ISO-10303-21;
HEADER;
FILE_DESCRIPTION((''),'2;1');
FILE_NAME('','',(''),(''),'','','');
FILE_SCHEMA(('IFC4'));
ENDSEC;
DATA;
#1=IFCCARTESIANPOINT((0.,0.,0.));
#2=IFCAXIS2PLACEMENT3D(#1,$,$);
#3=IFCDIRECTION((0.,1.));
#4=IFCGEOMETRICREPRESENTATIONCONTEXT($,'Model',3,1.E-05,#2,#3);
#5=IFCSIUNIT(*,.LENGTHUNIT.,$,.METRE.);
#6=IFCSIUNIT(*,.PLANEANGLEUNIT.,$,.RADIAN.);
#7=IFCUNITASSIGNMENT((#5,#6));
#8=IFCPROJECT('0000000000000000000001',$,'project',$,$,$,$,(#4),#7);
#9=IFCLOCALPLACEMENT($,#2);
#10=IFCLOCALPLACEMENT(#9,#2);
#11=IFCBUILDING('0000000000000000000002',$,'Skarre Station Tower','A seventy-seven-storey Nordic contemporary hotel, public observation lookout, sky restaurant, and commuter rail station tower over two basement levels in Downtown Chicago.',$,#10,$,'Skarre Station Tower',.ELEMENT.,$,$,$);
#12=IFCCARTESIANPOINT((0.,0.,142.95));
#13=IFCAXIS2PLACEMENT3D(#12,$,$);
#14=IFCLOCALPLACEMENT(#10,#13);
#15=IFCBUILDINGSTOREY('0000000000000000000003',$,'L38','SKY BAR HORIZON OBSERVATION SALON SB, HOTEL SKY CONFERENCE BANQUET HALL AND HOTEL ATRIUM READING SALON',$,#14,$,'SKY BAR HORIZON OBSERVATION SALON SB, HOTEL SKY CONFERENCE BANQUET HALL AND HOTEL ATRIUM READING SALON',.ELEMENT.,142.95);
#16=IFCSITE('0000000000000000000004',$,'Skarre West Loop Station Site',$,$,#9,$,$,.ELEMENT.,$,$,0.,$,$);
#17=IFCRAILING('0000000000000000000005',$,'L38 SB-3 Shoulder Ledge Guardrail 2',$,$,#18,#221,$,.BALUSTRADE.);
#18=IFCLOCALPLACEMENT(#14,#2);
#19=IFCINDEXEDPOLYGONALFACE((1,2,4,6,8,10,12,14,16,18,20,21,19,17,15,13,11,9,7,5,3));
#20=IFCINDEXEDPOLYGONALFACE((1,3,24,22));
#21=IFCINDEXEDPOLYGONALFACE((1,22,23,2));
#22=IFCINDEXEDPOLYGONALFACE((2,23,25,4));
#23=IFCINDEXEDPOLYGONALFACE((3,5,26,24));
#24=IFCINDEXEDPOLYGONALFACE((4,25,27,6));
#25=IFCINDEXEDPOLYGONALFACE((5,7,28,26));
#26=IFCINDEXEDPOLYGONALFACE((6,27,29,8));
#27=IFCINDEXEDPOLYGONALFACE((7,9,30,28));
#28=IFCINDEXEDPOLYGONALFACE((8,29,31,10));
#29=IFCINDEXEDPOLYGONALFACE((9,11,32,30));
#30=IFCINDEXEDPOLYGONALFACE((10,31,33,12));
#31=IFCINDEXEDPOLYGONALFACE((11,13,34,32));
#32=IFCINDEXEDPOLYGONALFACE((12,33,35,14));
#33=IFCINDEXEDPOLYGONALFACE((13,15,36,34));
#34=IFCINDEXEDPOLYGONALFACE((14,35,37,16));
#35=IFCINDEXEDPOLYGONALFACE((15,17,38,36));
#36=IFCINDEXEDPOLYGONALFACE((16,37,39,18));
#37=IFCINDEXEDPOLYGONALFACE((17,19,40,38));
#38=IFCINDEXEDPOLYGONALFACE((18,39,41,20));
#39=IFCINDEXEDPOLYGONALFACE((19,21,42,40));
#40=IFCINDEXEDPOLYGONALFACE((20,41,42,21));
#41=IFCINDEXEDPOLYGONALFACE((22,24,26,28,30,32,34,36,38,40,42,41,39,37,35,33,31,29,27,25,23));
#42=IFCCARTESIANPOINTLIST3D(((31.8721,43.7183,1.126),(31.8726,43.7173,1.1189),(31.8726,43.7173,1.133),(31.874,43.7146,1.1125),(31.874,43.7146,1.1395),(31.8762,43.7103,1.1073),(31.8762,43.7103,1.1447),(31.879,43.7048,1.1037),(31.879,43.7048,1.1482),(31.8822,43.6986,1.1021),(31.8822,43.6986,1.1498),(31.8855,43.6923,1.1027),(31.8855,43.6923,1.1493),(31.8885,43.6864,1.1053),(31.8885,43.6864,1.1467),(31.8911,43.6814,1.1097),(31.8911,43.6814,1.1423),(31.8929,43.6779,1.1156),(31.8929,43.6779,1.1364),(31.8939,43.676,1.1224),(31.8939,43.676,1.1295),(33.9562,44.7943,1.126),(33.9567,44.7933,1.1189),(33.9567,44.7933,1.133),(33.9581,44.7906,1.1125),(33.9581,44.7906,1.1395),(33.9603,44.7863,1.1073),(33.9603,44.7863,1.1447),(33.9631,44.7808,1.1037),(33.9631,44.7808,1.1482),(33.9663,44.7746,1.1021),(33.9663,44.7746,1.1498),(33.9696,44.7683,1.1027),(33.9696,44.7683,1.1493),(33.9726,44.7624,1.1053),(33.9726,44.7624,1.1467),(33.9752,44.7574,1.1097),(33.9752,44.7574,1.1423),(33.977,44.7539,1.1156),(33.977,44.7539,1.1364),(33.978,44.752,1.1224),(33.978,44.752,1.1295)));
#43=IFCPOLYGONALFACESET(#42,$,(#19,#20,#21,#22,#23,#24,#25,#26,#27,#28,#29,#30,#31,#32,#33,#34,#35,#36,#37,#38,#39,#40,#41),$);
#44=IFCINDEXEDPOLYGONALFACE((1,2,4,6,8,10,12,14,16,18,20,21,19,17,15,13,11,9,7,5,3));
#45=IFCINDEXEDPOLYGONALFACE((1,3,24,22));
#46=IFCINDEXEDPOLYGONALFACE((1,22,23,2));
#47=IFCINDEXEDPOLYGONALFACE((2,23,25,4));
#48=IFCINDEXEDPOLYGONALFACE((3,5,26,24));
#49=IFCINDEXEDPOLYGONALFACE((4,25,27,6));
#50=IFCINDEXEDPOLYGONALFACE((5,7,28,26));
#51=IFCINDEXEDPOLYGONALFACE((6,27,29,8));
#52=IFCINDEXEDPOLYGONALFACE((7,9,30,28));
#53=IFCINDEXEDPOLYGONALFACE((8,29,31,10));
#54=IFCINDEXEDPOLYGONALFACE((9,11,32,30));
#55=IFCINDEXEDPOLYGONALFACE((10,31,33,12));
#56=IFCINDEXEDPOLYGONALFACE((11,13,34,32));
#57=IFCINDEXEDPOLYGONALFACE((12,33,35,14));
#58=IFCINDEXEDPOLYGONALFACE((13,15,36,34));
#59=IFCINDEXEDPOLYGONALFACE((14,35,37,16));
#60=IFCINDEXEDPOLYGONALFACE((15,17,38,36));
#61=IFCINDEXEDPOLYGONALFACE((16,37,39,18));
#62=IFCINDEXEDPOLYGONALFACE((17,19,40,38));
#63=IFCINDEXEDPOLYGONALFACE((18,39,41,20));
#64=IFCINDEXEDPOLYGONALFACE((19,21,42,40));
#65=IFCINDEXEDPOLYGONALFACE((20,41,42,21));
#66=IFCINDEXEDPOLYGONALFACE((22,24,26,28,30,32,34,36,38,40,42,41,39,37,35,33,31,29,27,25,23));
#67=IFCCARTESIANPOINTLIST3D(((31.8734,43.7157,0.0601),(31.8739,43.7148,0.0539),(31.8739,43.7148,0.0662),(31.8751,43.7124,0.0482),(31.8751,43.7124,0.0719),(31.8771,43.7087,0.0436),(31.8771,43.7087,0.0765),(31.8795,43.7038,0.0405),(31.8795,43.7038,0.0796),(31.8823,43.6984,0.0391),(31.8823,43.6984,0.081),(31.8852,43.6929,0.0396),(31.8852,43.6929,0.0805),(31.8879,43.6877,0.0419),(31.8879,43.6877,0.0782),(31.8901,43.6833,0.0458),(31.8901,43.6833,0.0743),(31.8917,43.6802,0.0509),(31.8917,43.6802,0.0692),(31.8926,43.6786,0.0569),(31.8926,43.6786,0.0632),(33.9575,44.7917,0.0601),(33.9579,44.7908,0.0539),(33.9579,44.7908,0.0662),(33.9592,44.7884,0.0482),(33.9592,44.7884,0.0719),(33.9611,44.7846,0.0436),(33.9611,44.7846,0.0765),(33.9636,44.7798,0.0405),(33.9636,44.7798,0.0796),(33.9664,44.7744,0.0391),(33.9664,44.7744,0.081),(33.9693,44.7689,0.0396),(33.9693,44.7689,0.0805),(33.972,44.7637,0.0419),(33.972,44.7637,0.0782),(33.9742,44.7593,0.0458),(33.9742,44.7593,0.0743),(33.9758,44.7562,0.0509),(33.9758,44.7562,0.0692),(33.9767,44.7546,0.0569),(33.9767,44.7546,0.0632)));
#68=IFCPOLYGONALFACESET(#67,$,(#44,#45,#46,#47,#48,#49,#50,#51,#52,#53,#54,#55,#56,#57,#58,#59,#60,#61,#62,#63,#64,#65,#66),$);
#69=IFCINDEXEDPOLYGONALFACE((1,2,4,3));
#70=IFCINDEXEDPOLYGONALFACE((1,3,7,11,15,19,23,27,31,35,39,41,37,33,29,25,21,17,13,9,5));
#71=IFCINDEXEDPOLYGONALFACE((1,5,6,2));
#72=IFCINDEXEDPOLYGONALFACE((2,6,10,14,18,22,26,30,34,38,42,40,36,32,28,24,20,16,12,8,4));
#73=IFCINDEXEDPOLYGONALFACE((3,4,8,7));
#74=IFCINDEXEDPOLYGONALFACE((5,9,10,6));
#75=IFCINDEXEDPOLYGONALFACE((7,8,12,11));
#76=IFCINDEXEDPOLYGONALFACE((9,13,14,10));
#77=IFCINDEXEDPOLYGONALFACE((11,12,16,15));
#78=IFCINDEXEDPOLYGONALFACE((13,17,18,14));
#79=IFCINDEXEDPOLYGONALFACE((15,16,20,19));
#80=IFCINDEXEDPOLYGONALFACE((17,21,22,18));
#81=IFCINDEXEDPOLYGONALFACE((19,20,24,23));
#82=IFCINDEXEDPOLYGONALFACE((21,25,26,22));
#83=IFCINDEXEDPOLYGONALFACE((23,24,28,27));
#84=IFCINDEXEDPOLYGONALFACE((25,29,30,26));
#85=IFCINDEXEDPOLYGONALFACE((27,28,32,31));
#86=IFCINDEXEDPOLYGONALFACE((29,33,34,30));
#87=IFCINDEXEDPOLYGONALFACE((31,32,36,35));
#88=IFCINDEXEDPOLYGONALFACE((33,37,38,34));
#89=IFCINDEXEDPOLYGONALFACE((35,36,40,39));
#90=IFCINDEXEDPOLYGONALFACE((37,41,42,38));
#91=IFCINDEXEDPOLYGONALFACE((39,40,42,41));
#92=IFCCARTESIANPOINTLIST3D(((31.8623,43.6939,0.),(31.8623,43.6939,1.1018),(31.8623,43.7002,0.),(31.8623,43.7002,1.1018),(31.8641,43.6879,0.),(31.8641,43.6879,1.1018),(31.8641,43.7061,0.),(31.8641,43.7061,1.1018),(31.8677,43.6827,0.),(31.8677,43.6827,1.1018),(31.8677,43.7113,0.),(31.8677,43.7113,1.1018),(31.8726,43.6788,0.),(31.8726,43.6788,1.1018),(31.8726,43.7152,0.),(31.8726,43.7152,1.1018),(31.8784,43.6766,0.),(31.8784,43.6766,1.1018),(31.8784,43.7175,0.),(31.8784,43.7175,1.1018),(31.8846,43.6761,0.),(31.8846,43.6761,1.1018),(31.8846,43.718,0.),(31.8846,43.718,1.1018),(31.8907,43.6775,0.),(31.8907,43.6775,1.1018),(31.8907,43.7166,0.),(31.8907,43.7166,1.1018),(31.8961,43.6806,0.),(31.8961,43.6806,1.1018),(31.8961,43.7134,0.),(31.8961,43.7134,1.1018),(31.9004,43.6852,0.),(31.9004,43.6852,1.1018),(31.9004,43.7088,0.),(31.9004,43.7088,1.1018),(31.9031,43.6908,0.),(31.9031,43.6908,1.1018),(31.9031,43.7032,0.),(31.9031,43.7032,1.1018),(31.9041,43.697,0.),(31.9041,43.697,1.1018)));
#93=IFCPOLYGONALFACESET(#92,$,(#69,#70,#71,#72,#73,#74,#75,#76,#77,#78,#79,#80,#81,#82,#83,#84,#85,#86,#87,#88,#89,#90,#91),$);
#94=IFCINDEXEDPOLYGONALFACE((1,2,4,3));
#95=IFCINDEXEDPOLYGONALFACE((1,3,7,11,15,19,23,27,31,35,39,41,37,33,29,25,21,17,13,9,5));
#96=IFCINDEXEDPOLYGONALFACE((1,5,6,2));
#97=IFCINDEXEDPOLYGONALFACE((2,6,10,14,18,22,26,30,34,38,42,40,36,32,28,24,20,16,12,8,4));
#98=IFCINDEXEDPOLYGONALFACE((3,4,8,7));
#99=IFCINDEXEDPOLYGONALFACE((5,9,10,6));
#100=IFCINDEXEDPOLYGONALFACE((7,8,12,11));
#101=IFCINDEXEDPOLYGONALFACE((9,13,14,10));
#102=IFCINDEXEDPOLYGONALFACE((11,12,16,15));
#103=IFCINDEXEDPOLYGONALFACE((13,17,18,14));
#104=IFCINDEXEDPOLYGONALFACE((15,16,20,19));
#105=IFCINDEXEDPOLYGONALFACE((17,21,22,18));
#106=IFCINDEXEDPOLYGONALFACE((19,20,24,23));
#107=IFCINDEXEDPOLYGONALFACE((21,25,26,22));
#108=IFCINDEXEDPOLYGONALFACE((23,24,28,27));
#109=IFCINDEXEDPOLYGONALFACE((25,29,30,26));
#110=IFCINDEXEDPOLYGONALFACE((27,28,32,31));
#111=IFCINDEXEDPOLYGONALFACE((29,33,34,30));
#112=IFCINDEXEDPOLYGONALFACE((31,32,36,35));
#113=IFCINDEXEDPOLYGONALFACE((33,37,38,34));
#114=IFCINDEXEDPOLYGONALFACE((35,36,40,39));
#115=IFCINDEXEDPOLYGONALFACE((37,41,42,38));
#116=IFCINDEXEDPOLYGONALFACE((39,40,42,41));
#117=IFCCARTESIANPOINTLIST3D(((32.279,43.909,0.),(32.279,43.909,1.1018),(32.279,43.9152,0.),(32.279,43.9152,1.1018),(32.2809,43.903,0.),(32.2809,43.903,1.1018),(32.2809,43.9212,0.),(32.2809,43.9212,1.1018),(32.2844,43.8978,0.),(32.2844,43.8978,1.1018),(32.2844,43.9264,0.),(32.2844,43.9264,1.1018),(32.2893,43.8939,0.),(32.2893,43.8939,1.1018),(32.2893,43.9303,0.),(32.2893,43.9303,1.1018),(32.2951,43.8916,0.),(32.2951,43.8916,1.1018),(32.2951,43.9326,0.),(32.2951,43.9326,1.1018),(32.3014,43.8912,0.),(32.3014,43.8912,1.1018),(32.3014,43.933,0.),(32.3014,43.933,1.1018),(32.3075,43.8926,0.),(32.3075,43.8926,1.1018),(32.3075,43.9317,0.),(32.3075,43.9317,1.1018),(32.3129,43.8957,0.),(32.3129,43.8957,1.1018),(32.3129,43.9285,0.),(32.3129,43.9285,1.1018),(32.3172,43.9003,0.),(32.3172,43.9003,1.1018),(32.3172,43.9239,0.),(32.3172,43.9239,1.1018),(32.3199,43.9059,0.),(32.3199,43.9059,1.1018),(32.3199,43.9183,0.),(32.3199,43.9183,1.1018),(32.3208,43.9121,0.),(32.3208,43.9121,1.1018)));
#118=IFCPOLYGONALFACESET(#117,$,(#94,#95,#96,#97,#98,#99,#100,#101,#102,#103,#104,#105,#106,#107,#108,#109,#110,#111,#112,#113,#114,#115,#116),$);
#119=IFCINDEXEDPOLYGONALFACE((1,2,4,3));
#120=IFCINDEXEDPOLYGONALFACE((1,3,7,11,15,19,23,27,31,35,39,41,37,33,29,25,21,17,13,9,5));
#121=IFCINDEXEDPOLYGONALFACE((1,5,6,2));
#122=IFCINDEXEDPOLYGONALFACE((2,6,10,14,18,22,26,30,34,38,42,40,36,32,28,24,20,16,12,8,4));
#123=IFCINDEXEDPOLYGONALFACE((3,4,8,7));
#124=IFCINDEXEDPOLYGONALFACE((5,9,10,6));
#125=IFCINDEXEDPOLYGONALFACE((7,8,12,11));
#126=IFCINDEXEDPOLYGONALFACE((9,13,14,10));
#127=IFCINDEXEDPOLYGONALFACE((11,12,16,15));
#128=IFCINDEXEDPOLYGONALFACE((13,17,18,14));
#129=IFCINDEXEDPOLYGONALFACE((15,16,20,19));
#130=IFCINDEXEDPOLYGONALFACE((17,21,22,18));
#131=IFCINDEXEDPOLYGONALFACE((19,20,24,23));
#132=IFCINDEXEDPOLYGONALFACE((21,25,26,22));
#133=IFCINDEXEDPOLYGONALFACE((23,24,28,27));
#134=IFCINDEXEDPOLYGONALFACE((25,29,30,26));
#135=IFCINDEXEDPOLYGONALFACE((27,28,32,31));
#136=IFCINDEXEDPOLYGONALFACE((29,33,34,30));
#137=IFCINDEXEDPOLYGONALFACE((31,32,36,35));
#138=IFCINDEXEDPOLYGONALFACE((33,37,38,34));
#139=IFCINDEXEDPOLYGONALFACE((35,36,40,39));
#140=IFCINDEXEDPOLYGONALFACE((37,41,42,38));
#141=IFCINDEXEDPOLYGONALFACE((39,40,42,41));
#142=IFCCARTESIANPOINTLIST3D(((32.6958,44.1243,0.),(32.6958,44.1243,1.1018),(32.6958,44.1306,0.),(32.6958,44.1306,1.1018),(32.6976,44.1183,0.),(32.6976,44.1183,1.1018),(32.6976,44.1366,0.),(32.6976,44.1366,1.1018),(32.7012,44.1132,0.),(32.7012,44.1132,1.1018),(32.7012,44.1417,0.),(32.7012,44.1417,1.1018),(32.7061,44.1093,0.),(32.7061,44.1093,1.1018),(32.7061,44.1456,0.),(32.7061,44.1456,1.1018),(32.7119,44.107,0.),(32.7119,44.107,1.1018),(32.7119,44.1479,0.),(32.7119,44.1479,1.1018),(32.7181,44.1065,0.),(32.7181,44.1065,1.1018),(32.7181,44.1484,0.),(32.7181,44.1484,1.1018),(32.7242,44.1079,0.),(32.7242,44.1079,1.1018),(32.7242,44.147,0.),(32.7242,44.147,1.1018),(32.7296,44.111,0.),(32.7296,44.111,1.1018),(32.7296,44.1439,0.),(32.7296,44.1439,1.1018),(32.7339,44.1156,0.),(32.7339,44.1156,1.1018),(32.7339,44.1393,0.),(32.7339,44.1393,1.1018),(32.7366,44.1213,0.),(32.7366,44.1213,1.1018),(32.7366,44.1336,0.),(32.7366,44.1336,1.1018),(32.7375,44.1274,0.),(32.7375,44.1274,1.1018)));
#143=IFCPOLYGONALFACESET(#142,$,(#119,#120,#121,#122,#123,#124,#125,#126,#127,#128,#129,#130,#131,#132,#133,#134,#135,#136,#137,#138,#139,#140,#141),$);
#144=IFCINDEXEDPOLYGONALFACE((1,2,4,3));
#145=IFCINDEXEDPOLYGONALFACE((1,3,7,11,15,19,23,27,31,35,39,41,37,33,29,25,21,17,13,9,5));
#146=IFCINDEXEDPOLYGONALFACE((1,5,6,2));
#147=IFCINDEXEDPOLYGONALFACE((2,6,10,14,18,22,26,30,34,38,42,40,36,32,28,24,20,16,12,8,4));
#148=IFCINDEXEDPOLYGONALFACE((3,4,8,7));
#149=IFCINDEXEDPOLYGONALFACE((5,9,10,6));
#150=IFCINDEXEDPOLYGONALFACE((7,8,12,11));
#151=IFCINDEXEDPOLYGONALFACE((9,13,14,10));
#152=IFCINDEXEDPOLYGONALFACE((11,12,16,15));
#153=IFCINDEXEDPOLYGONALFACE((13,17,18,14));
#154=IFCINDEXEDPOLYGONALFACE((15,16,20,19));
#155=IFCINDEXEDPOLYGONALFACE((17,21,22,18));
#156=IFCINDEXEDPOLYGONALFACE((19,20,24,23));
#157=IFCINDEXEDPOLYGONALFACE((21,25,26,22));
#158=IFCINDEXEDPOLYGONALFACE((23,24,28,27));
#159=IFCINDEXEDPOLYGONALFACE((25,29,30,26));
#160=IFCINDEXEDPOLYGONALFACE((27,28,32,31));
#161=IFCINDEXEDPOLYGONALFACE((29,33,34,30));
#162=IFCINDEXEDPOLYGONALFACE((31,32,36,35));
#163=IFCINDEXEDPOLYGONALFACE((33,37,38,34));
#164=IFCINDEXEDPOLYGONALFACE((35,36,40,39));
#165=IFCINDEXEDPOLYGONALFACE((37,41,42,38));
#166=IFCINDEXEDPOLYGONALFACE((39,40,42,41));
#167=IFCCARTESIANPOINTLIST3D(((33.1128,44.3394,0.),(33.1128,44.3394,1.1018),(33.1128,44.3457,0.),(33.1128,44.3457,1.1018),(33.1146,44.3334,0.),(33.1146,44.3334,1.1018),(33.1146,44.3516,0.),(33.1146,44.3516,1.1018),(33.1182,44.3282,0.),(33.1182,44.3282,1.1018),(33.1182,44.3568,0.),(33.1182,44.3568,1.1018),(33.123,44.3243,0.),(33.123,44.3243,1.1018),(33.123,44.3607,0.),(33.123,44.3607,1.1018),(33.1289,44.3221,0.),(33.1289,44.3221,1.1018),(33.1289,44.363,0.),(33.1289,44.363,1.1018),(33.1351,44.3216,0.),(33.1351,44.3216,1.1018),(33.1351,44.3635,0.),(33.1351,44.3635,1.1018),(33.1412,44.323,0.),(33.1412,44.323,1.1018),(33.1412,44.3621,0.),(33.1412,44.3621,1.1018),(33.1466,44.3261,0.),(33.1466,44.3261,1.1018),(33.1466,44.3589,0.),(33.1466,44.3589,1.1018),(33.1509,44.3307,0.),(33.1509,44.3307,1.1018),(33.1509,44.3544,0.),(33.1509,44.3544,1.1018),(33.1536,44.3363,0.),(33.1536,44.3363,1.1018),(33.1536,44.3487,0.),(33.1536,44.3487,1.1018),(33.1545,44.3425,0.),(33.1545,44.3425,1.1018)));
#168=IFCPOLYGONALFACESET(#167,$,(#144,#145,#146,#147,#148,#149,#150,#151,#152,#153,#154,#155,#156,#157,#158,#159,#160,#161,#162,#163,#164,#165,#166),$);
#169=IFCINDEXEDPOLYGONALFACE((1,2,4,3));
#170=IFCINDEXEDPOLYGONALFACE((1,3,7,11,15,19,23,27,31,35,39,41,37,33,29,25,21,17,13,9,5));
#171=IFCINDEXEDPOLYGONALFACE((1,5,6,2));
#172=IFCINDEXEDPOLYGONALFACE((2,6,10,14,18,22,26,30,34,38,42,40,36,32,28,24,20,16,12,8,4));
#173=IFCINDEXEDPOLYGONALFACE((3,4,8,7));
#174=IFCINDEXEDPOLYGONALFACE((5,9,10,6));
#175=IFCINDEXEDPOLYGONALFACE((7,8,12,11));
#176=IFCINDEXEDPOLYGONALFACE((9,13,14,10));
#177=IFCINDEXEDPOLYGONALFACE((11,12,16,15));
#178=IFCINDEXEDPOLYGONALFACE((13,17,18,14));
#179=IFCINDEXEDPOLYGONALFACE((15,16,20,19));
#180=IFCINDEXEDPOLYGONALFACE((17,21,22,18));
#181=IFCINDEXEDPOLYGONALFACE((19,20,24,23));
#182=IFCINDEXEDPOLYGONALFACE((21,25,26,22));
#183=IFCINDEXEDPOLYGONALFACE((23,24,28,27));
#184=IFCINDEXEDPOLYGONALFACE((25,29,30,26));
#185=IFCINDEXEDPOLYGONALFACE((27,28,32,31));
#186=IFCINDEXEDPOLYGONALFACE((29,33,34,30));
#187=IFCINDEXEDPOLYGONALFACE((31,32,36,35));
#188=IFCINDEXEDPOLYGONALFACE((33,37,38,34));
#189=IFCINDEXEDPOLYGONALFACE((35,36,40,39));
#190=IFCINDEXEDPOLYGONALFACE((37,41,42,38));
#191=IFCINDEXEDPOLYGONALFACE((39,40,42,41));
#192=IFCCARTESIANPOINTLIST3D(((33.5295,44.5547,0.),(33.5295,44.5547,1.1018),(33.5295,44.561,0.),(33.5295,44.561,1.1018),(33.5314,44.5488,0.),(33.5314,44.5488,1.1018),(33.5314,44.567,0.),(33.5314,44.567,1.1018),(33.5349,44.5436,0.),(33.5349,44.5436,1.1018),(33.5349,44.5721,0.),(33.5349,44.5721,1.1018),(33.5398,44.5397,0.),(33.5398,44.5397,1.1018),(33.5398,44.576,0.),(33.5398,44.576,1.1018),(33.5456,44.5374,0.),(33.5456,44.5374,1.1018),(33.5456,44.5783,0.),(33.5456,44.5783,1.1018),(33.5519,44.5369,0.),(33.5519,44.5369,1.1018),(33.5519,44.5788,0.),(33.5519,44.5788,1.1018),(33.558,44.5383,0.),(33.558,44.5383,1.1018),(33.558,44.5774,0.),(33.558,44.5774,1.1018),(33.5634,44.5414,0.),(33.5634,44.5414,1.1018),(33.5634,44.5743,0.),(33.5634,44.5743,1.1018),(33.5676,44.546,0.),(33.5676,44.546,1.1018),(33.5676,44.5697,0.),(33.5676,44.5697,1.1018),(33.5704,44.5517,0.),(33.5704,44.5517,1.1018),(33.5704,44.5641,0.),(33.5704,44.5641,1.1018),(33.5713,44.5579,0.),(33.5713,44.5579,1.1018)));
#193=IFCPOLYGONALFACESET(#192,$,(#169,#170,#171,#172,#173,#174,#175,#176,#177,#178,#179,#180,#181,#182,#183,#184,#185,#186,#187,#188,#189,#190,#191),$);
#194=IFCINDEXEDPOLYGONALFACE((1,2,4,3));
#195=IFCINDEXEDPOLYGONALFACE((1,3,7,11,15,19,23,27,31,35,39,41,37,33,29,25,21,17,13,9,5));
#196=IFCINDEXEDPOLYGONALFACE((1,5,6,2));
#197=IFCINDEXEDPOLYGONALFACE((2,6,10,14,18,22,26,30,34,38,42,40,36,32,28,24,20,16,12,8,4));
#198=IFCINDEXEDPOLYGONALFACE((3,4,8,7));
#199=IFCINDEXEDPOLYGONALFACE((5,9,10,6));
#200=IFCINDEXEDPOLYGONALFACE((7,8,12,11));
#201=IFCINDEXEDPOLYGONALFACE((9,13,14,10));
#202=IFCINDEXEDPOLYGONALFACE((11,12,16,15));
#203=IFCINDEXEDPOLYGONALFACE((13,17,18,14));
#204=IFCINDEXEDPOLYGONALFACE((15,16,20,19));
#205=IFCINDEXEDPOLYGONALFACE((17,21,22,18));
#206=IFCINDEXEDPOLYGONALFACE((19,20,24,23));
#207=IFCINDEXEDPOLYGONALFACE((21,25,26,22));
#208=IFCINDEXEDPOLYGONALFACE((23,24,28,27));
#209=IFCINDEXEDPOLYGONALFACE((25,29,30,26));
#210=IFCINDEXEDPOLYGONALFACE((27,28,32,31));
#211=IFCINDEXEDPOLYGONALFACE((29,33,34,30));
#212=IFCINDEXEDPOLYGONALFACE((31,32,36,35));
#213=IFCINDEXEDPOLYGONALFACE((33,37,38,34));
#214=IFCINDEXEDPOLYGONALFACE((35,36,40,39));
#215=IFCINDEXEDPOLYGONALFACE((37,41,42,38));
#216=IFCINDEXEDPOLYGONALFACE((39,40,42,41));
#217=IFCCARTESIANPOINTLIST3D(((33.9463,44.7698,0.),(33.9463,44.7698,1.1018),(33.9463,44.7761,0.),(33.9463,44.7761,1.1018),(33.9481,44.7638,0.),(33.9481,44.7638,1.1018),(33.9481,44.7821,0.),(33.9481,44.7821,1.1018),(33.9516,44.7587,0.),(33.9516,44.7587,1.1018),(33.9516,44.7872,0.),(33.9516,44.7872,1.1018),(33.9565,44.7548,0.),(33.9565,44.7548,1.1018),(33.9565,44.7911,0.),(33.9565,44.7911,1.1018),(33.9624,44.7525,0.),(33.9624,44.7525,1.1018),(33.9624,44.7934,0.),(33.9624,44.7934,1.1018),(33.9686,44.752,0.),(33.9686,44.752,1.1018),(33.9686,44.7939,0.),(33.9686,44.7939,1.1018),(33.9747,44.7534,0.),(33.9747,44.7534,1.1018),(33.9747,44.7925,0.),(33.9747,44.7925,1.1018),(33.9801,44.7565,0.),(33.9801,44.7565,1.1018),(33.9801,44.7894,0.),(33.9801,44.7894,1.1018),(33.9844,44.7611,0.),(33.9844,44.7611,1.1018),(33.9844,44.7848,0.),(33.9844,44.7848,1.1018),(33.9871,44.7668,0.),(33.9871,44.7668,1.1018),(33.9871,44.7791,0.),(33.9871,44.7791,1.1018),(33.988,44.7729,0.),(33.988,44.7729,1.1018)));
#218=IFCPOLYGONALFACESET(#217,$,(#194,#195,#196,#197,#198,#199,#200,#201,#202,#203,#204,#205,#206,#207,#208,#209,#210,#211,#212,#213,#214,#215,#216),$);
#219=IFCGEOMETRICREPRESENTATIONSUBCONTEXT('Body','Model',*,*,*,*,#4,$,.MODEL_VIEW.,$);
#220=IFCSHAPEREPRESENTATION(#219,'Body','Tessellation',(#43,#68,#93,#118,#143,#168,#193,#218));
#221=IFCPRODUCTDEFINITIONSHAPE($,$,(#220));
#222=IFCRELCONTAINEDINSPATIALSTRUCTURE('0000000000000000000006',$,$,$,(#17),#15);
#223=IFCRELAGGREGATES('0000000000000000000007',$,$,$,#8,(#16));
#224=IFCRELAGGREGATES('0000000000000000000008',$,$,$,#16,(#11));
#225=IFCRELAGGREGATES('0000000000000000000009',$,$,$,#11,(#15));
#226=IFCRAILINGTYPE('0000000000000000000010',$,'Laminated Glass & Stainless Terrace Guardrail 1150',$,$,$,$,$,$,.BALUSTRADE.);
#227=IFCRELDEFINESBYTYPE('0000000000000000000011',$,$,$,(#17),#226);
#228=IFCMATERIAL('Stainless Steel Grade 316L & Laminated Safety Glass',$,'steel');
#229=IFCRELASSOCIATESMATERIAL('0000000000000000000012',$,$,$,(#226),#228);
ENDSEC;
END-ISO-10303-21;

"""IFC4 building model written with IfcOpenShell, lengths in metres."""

from ifc_helpers import new_model, si_unit, direction, frame, origin, origin_2d, place, context, subcontext, project, spatial, circle, extrude, material, type_object, element, save


model = new_model("IFC4")

# Units and contexts
model_context = context("Model", 3, precision=1e-05, world=origin(), true_north=direction((0.0, 1.0)))
body_context = subcontext(model_context, "Body", "Model", "MODEL_VIEW")
ifc_project = project(units=[si_unit("LENGTHUNIT", "METRE"), si_unit("PLANEANGLEUNIT", "RADIAN")], contexts=[model_context])

# Site, building, storey
site_placement = place(None, origin())
site = spatial("IfcSite", under=ifc_project, at=site_placement, Name="Skarre West Loop Station Site", CompositionType="ELEMENT", RefElevation=0.0)
building_placement = place(site_placement, origin())
building = spatial("IfcBuilding", under=site, at=building_placement, Name="Skarre Station Tower", Description="A seventy-seven-storey Nordic contemporary hotel, public observation lookout, sky restaurant, and commuter rail station tower over two basement levels in Downtown Chicago.", LongName="Skarre Station Tower", CompositionType="ELEMENT")
storey_placement = place(building_placement, frame((0.0, 0.0, 142.95)))
storey = spatial("IfcBuildingStorey", under=building, at=storey_placement, Name="L38", Description="SKY BAR HORIZON OBSERVATION SALON SB, HOTEL SKY CONFERENCE BANQUET HALL AND HOTEL ATRIUM READING SALON", LongName="SKY BAR HORIZON OBSERVATION SALON SB, HOTEL SKY CONFERENCE BANQUET HALL AND HOTEL ATRIUM READING SALON", CompositionType="ELEMENT", Elevation=142.95)

# Railing
ifc_material_1 = material(Name="Stainless Steel Grade 316L & Laminated Safety Glass", Category="steel")
railing_type = type_object("IfcRailingType", Name="Laminated Glass & Stainless Terrace Guardrail 1150", PredefinedType="BALUSTRADE", material=ifc_material_1)
railing_placement = place(storey_placement, frame((31.8831, 43.697, 0.0)))
element("IfcRailing", 1, at=railing_placement, inside=storey, type_object=railing_type, Name="L38 SB-3 Shoulder Ledge Guardrail 2", PredefinedType="BALUSTRADE", context=body_context, shape_type="SweptSolid", body=[
    extrude(circle(Radius=0.0239, at=origin_2d()), frame((0.0, 0.0, 1.126), z_axis=(0.888565, 0.458752, 0.0), x_axis=(-0.458752, 0.888565, 0.0)), (0.0, 0.0, 1.0), 2.3455),
    extrude(circle(Radius=0.021, at=origin_2d()), frame((0.0, 0.0, 0.0601), z_axis=(0.888565, 0.458752, 0.0), x_axis=(-0.458752, 0.888565, 0.0)), (0.0, 0.0, 1.0), 2.3455),
    extrude(circle(Radius=0.021, at=origin_2d()), origin(), (0.0, 0.0, 1.0), 1.1018),
    extrude(circle(Radius=0.021, at=origin_2d()), frame((0.4167, 0.2151, 0.0)), (0.0, 0.0, 1.0), 1.1018),
    extrude(circle(Radius=0.021, at=origin_2d()), frame((0.8335, 0.4304, 0.0)), (0.0, 0.0, 1.0), 1.1018),
    extrude(circle(Radius=0.021, at=origin_2d()), frame((1.2505, 0.6455, 0.0)), (0.0, 0.0, 1.0), 1.1018),
    extrude(circle(Radius=0.021, at=origin_2d()), frame((1.6672, 0.8608, 0.0)), (0.0, 0.0, 1.0), 1.1018),
    extrude(circle(Radius=0.021, at=origin_2d()), frame((2.084, 1.0759, 0.0)), (0.0, 0.0, 1.0), 1.1018),
])

save(model, "model.ifc")
